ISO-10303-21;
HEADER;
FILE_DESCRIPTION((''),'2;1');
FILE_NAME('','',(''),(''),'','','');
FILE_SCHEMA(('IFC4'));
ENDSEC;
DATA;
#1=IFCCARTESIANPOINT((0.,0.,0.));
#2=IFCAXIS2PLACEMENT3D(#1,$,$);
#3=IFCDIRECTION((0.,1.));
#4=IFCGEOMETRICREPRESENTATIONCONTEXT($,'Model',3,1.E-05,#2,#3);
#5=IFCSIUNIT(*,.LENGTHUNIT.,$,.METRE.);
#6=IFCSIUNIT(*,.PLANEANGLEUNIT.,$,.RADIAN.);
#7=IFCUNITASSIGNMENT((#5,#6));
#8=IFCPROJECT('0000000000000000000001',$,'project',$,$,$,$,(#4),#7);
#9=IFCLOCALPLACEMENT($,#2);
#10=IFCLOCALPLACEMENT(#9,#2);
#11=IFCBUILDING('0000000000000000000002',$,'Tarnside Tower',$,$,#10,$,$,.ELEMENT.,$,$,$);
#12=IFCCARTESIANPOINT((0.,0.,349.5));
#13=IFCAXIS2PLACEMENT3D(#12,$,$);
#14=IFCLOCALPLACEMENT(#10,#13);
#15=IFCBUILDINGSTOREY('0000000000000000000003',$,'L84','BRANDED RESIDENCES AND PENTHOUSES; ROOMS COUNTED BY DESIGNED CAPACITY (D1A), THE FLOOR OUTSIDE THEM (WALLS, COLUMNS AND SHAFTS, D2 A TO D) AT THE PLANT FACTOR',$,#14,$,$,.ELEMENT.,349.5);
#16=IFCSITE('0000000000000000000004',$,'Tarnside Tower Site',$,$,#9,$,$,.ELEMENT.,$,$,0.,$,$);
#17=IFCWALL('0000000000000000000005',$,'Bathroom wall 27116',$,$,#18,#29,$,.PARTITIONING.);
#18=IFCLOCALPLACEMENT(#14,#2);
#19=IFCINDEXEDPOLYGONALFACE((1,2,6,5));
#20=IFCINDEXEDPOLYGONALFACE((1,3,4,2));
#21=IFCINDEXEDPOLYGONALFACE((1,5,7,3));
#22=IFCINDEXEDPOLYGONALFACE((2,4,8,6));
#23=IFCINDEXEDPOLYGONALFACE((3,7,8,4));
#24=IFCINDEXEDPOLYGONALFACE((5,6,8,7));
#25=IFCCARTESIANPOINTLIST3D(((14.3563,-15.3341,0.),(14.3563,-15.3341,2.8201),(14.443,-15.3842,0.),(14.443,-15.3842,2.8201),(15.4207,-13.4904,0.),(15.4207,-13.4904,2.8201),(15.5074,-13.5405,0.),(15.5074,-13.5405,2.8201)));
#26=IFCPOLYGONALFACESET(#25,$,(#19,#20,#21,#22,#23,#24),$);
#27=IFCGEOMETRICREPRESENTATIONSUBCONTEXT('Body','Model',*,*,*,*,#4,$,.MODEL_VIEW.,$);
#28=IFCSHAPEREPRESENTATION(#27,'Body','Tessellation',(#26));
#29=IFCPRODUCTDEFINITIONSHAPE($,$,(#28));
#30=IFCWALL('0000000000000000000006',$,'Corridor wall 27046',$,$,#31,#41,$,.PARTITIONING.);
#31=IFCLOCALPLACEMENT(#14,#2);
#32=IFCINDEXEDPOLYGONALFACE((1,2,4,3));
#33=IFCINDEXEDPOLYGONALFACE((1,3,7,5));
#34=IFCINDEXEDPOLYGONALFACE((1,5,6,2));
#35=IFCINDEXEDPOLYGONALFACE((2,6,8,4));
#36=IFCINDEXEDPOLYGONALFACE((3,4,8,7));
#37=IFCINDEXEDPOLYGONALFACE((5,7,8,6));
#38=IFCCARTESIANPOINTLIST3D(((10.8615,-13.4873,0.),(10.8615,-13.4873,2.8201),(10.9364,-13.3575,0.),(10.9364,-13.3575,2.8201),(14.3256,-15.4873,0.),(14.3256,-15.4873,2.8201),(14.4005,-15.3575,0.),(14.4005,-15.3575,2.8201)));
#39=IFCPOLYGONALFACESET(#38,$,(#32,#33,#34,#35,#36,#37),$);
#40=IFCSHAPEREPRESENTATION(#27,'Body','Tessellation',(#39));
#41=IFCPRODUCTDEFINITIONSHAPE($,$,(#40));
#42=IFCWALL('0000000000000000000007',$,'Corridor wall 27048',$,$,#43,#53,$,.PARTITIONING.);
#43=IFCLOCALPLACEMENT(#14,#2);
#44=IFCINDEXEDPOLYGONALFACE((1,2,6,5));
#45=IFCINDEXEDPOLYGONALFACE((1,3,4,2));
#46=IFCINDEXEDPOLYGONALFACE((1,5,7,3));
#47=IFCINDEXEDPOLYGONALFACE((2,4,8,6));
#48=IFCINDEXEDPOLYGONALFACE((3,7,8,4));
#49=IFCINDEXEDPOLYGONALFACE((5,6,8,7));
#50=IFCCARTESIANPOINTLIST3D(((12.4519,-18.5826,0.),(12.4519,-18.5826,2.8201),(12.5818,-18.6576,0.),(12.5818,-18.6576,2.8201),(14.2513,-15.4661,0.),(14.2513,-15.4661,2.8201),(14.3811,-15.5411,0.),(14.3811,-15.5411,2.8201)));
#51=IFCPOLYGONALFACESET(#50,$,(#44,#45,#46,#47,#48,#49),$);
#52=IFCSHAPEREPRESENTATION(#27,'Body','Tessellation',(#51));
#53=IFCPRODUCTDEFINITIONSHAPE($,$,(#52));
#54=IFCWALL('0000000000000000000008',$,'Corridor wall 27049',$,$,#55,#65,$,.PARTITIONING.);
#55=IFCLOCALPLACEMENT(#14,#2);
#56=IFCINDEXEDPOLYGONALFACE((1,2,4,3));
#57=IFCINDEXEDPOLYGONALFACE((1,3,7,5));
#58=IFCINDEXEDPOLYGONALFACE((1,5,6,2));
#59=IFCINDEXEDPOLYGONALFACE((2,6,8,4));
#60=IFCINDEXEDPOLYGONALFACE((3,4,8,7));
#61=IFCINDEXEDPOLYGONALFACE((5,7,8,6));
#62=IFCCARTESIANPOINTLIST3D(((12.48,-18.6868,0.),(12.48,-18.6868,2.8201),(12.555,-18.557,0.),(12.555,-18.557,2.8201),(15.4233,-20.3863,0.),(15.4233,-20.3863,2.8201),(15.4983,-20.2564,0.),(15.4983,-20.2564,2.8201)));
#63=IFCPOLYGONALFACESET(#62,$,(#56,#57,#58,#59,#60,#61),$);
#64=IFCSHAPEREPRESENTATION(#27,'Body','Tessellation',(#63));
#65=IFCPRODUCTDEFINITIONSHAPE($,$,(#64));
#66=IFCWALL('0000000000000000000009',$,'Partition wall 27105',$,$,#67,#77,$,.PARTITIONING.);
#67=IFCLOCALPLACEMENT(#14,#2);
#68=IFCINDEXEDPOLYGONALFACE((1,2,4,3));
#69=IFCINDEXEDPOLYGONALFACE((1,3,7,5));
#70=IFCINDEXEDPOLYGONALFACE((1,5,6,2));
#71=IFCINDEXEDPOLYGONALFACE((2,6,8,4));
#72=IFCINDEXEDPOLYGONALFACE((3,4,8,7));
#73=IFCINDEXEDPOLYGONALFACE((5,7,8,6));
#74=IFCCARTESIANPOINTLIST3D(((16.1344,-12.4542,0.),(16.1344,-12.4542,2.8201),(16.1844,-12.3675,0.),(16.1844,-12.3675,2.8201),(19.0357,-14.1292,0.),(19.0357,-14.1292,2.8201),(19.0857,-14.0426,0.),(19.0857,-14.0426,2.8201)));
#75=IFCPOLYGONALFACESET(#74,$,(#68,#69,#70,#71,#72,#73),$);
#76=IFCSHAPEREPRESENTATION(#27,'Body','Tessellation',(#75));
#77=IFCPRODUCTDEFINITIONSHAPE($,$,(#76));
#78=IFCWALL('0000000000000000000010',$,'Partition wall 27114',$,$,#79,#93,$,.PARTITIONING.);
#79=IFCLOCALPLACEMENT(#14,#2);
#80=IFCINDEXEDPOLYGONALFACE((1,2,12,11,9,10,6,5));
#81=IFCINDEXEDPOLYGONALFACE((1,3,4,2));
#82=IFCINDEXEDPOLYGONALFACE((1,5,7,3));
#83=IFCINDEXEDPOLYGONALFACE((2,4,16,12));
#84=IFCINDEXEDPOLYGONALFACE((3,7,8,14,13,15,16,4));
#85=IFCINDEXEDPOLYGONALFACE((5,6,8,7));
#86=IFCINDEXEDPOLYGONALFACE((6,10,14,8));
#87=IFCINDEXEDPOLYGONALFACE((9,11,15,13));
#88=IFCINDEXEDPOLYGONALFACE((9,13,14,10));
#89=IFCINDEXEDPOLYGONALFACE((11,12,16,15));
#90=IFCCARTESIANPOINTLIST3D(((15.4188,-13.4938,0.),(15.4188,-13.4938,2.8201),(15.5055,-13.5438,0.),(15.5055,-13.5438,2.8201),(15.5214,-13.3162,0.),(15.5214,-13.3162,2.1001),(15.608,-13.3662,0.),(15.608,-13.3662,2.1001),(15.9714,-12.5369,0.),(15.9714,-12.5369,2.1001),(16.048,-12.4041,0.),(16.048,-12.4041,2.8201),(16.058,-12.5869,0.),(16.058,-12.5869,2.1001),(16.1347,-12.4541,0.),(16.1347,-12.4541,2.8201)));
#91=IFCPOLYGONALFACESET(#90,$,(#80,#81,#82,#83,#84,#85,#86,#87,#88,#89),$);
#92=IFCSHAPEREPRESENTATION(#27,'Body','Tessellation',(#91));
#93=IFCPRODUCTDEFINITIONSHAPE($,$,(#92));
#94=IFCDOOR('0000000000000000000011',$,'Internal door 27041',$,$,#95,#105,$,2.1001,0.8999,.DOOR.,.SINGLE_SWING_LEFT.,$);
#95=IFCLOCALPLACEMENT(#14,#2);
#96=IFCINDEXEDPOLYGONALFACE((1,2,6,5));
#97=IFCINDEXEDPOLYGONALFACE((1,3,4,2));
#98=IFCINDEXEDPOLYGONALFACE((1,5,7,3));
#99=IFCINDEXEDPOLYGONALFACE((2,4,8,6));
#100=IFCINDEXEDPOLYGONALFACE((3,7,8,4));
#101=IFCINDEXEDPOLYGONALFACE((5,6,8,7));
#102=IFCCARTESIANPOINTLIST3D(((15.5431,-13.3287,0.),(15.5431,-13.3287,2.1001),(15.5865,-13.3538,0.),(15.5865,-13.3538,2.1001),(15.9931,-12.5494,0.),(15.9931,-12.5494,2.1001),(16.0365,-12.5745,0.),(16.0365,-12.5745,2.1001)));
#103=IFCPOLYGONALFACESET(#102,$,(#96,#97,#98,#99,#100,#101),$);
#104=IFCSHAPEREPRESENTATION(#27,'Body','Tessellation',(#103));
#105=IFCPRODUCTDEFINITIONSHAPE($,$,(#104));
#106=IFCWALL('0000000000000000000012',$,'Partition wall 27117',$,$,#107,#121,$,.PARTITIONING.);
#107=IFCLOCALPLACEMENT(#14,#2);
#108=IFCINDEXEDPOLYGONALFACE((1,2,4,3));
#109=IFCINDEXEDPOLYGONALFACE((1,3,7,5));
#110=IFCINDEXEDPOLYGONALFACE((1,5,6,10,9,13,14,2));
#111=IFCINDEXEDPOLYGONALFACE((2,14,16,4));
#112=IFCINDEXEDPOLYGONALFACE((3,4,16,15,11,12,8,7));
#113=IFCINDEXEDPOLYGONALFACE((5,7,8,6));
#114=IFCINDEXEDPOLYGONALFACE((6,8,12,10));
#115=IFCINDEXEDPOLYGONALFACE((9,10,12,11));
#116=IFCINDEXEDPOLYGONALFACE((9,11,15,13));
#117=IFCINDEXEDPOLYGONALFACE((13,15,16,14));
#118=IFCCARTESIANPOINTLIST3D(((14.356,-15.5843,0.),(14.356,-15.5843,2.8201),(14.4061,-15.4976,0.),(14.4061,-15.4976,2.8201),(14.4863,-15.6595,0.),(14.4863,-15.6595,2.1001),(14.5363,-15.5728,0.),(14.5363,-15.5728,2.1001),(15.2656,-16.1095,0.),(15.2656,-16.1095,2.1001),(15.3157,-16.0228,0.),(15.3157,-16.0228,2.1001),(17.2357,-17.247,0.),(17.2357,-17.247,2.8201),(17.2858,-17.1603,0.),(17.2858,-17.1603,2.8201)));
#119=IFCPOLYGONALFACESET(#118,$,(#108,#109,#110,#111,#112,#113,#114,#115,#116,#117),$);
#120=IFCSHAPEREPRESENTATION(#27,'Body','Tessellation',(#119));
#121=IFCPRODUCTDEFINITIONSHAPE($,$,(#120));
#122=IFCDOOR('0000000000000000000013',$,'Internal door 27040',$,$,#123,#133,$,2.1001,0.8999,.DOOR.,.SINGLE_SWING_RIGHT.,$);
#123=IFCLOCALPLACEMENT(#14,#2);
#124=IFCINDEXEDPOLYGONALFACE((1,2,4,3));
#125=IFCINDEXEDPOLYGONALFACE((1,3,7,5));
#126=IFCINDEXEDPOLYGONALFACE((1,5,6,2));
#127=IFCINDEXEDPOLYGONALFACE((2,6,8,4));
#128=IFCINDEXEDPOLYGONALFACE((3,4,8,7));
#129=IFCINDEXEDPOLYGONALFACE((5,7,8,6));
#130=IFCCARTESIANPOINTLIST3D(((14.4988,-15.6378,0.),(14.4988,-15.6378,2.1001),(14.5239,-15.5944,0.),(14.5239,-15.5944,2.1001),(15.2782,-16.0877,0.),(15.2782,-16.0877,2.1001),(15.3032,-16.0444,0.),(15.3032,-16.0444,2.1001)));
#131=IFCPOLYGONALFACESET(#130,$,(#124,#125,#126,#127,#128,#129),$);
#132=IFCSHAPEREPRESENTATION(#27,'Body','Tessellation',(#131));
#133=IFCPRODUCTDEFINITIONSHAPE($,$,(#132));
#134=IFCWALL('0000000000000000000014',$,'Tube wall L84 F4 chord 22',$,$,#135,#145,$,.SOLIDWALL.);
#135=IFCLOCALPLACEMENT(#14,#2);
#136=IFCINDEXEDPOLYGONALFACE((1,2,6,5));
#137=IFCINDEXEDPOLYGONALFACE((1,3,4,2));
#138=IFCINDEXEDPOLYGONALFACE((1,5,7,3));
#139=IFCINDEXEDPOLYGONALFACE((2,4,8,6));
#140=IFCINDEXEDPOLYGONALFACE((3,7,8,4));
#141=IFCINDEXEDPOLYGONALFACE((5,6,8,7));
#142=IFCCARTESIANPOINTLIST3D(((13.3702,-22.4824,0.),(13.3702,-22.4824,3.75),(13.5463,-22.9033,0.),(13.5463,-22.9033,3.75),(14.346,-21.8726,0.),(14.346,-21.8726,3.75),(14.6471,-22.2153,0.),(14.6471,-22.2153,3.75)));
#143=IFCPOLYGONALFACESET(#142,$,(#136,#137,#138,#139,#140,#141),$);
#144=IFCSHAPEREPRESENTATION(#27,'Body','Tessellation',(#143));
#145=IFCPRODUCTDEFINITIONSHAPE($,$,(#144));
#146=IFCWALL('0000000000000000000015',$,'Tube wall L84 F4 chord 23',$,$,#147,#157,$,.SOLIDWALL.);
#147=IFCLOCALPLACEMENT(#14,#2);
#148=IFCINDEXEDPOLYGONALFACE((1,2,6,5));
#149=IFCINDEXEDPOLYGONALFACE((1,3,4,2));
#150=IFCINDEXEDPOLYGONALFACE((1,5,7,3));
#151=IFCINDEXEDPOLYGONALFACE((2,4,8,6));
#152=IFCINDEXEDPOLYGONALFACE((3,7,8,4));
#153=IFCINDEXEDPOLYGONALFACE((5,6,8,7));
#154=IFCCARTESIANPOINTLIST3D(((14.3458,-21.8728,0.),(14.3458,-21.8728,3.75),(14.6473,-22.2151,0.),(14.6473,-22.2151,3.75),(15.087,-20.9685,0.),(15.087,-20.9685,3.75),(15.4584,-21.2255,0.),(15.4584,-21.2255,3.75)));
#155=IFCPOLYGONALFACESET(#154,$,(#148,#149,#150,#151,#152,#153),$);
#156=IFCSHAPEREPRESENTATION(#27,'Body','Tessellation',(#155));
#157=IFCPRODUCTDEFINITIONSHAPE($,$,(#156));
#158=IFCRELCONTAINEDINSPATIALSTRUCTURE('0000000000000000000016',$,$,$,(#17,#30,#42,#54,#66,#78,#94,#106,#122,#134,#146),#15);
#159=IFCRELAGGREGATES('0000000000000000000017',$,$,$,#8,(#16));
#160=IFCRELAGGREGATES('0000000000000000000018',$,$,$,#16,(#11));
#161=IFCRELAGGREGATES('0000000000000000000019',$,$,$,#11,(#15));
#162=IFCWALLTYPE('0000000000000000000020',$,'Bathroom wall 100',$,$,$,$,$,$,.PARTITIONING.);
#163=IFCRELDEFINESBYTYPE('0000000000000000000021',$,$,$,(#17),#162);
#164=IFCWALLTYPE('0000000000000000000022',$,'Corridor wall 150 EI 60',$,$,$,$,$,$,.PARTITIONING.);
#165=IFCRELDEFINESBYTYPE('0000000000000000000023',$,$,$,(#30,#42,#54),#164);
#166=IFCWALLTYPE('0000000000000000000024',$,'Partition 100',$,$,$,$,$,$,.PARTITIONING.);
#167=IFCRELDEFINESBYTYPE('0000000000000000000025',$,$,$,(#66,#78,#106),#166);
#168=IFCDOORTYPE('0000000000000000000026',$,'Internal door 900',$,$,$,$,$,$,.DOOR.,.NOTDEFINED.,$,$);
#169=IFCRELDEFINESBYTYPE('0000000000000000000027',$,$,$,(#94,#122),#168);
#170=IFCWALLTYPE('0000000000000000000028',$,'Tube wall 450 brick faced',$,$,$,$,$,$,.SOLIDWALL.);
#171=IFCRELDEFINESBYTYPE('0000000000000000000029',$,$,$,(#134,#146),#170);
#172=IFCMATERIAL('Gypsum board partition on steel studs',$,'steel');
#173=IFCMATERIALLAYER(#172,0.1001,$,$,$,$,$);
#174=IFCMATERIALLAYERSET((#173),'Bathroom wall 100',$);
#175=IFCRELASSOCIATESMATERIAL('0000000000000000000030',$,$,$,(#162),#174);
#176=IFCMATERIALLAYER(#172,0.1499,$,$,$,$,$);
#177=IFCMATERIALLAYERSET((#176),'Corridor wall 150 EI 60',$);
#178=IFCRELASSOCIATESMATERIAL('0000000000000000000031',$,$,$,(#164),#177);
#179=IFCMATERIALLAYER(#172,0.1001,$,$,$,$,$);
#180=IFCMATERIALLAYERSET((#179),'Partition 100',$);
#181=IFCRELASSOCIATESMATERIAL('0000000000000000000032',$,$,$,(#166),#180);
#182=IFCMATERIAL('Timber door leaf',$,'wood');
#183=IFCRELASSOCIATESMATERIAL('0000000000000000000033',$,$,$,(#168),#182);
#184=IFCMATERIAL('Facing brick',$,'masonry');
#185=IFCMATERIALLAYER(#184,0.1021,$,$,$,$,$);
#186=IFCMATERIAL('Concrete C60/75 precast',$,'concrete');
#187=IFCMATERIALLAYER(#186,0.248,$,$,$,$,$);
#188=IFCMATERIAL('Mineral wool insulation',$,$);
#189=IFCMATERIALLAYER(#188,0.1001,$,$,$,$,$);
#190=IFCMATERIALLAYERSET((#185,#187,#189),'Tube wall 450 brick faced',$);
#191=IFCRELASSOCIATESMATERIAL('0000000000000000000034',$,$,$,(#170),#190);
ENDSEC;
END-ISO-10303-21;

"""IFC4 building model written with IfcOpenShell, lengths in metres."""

from ifc_helpers import new_model, si_unit, direction, frame, frame_2d, origin, place, context, subcontext, project, spatial, polyline, rectangle, outline, extrude, material, layer, layer_set, type_object, element, fill, save


model = new_model("IFC4")

# Units and contexts
model_context = context("Model", 3, precision=1e-05, world=origin(), true_north=direction((0.0, 1.0)))
body_context = subcontext(model_context, "Body", "Model", "MODEL_VIEW")
ifc_project = project(units=[si_unit("LENGTHUNIT", "METRE"), si_unit("PLANEANGLEUNIT", "RADIAN")], contexts=[model_context])

# Site, building, storey
site_placement = place(None, origin())
site = spatial("IfcSite", under=ifc_project, at=site_placement, Name="Tarnside Tower Site", CompositionType="ELEMENT", RefElevation=0.0)
building_placement = place(site_placement, origin())
building = spatial("IfcBuilding", under=site, at=building_placement, Name="Tarnside Tower", CompositionType="ELEMENT")
storey_placement = place(building_placement, frame((0.0, 0.0, 349.5)))
storey = spatial("IfcBuildingStorey", under=building, at=storey_placement, Name="L84", Description="BRANDED RESIDENCES AND PENTHOUSES; ROOMS COUNTED BY DESIGNED CAPACITY (D1A), THE FLOOR OUTSIDE THEM (WALLS, COLUMNS AND SHAFTS, D2 A TO D) AT THE PLANT FACTOR", CompositionType="ELEMENT", Elevation=349.5)

# Walls
ifc_material_1 = material(Name="Gypsum board partition on steel studs", Category="steel")
ifc_layer_1 = layer(ifc_material_1, 0.1001)
ifc_layer_set_1 = layer_set([ifc_layer_1], Name="Bathroom wall 100")
wall_type_1 = type_object("IfcWallType", Name="Bathroom wall 100", PredefinedType="PARTITIONING", material=ifc_layer_set_1)
wall_1_placement = place(storey_placement, frame((14.3997, -15.3591, 0.0), z_axis=(0.0, 0.0, 1.0), x_axis=(0.499987, 0.866033, 0.0)))
element("IfcWall", 1, at=wall_1_placement, inside=storey, type_object=wall_type_1, Name="Bathroom wall 27116", PredefinedType="PARTITIONING", context=body_context, shape_type="SweptSolid", body=[
    extrude(rectangle(XDim=2.1289, YDim=0.1001, at=frame_2d((1.0645, 0.0))), origin(), (0.0, 0.0, 1.0), 2.8201),
])
ifc_layer_2 = layer(ifc_material_1, 0.1499)
ifc_layer_set_2 = layer_set([ifc_layer_2], Name="Corridor wall 150 EI 60")
wall_type_2 = type_object("IfcWallType", Name="Corridor wall 150 EI 60", PredefinedType="PARTITIONING", material=ifc_layer_set_2)
wall_2_placement = place(storey_placement, frame((14.363, -15.4224, 0.0), z_axis=(0.0, 0.0, 1.0), x_axis=(-0.866026, 0.499999, 0.0)))
element("IfcWall", 2, at=wall_2_placement, inside=storey, type_object=wall_type_2, Name="Corridor wall 27046", PredefinedType="PARTITIONING", context=body_context, shape_type="SweptSolid", body=[
    extrude(rectangle(XDim=4.0, YDim=0.1499, at=frame_2d((2.0, 0.0))), origin(), (0.0, 0.0, 1.0), 2.8201),
])
wall_3_placement = place(storey_placement, frame((12.5168, -18.6201, 0.0), z_axis=(0.0, 0.0, 1.0), x_axis=(0.500006, 0.866022, 0.0)))
element("IfcWall", 3, at=wall_3_placement, inside=storey, type_object=wall_type_2, Name="Corridor wall 27048", PredefinedType="PARTITIONING", context=body_context, shape_type="SweptSolid", body=[
    extrude(rectangle(XDim=3.5986, YDim=0.1499, at=frame_2d((1.7993, 0.0))), origin(), (0.0, 0.0, 1.0), 2.8201),
])
wall_4_placement = place(storey_placement, frame((15.4607, -20.3213, 0.0), z_axis=(0.0, 0.0, 1.0), x_axis=(-0.866011, 0.500025, 0.0)))
element("IfcWall", 4, at=wall_4_placement, inside=storey, type_object=wall_type_2, Name="Corridor wall 27049", PredefinedType="PARTITIONING", context=body_context, shape_type="SweptSolid", body=[
    extrude(rectangle(XDim=3.3987, YDim=0.1499, at=frame_2d((1.6992, 0.0))), origin(), (0.0, 0.0, 1.0), 2.8201),
])
ifc_layer_3 = layer(ifc_material_1, 0.1001)
ifc_layer_set_3 = layer_set([ifc_layer_3], Name="Partition 100")
wall_type_3 = type_object("IfcWallType", Name="Partition 100", PredefinedType="PARTITIONING", material=ifc_layer_set_3)
wall_5_placement = place(storey_placement, frame((16.1594, -12.4109, 0.0), z_axis=(0.0, 0.0, 1.0), x_axis=(0.866033, -0.499987, 0.0)))
element("IfcWall", 5, at=wall_5_placement, inside=storey, type_object=wall_type_3, Name="Partition wall 27105", PredefinedType="PARTITIONING", context=body_context, shape_type="SweptSolid", body=[
    extrude(rectangle(XDim=3.3501, YDim=0.1001, at=frame_2d((1.675, 0.0))), origin(), (0.0, 0.0, 1.0), 2.8201),
])

# Walls, openings, doors
wall_6_placement = place(storey_placement, frame((15.4622, -13.5188, 0.0), z_axis=(0.0, 0.0, 1.0), x_axis=(0.500042, 0.866001, 0.0)))
wall_6 = element("IfcWall", 6, at=wall_6_placement, inside=storey, type_object=wall_type_3, Name="Partition wall 27114", PredefinedType="PARTITIONING", context=body_context, shape_type="SweptSolid", body=[
    extrude(rectangle(XDim=1.2583, YDim=0.1001, at=frame_2d((0.6292, 0.0))), origin(), (0.0, 0.0, 1.0), 2.8201),
])
opening_1_placement = place(wall_6_placement, frame((0.2051, 0.0, 0.0)))
opening_1 = element("IfcOpeningElement", 7, at=opening_1_placement, cuts=wall_6, PredefinedType="OPENING", context=body_context, shape_type="SweptSolid", body=[
    extrude(rectangle(XDim=0.8999, YDim=2.1001, at=frame_2d((0.45, 1.05))), frame((0.0, 0.0601, 0.0), z_axis=(0.0, -1.0, 0.0), x_axis=(1.0, 0.0, 0.0)), (0.0, 0.0, 1.0), 0.1201),
])
ifc_material_2 = material(Name="Timber door leaf", Category="wood")
door_type = type_object("IfcDoorType", Name="Internal door 900", OperationType="NOTDEFINED", PredefinedType="DOOR", material=ifc_material_2)
door_1_placement = place(opening_1_placement, origin())
door_1 = element("IfcDoor", 8, at=door_1_placement, inside=storey, type_object=door_type, Name="Internal door 27041", OperationType="SINGLE_SWING_LEFT", OverallHeight=2.1001, OverallWidth=0.8999, PredefinedType="DOOR", context=body_context, shape_type="SweptSolid", body=[
    extrude(rectangle(XDim=0.8999, YDim=2.1001, at=frame_2d((0.45, 1.05))), frame((0.0, 0.0249, 0.0), z_axis=(0.0, -1.0, 0.0), x_axis=(1.0, 0.0, 0.0)), (0.0, 0.0, 1.0), 0.05),
])
fill(opening_1, door_1)
wall_7_placement = place(storey_placement, frame((17.2607, -17.2036, 0.0), z_axis=(0.0, 0.0, 1.0), x_axis=(-0.866021, 0.500008, 0.0)))
wall_7 = element("IfcWall", 9, at=wall_7_placement, inside=storey, type_object=wall_type_3, Name="Partition wall 27117", PredefinedType="PARTITIONING", context=body_context, shape_type="SweptSolid", body=[
    extrude(rectangle(XDim=3.3252, YDim=0.1001, at=frame_2d((1.6626, 0.0))), origin(), (0.0, 0.0, 1.0), 2.8201),
])
opening_2_placement = place(wall_7_placement, frame((2.2749, 0.0, 0.0)))
opening_2 = element("IfcOpeningElement", 10, at=opening_2_placement, cuts=wall_7, PredefinedType="OPENING", context=body_context, shape_type="SweptSolid", body=[
    extrude(rectangle(XDim=0.8999, YDim=2.1001, at=frame_2d((0.45, 1.05))), frame((0.0, 0.0601, 0.0), z_axis=(0.0, -1.0, 0.0), x_axis=(1.0, 0.0, 0.0)), (0.0, 0.0, 1.0), 0.1201),
])
door_2_placement = place(opening_2_placement, origin())
door_2 = element("IfcDoor", 11, at=door_2_placement, inside=storey, type_object=door_type, Name="Internal door 27040", OperationType="SINGLE_SWING_RIGHT", OverallHeight=2.1001, OverallWidth=0.8999, PredefinedType="DOOR", context=body_context, shape_type="SweptSolid", body=[
    extrude(rectangle(XDim=0.8999, YDim=2.1001, at=frame_2d((0.45, 1.05))), frame((0.0, 0.0249, 0.0), z_axis=(0.0, -1.0, 0.0), x_axis=(1.0, 0.0, 0.0)), (0.0, 0.0, 1.0), 0.05),
])
fill(opening_2, door_2)

# Walls
ifc_material_3 = material(Name="Facing brick", Category="masonry")
ifc_layer_4 = layer(ifc_material_3, 0.1021)
ifc_material_4 = material(Name="Concrete C60/75 precast", Category="concrete")
ifc_layer_5 = layer(ifc_material_4, 0.248)
ifc_material_5 = material(Name="Mineral wool insulation")
ifc_layer_6 = layer(ifc_material_5, 0.1001)
ifc_layer_set_4 = layer_set([ifc_layer_4, ifc_layer_5, ifc_layer_6], Name="Tube wall 450 brick faced")
wall_type_4 = type_object("IfcWallType", Name="Tube wall 450 brick faced", PredefinedType="SOLIDWALL", material=ifc_layer_set_4)
wall_8_placement = place(storey_placement, frame((13.4583, -22.6929, 0.0), z_axis=(0.0, 0.0, 1.0), x_axis=(0.84801, 0.529981, 0.0)))
element("IfcWall", 12, at=wall_8_placement, inside=storey, type_object=wall_type_4, Name="Tube wall L84 F4 chord 22", PredefinedType="SOLIDWALL", context=body_context, shape_type="SweptSolid", body=[
    extrude(outline(polyline([(-0.0369, -0.2251), (1.2612, -0.2251), (1.1875, 0.2251), (0.0369, 0.2251), (-0.0369, -0.2251)])), origin(), (0.0, 0.0, 1.0), 3.75),
])
wall_9_placement = place(storey_placement, frame((14.4966, -22.0439, 0.0), z_axis=(0.0, 0.0, 1.0), x_axis=(0.633867, 0.773442, 0.0)))
element("IfcWall", 13, at=wall_9_placement, inside=storey, type_object=wall_type_4, Name="Tube wall L84 F4 chord 23", PredefinedType="SOLIDWALL", context=body_context, shape_type="SweptSolid", body=[
    extrude(outline(polyline([(-0.0369, -0.2251), (1.2427, -0.2251), (1.2061, 0.2251), (0.0369, 0.2251), (-0.0369, -0.2251)])), origin(), (0.0, 0.0, 1.0), 3.75),
])

save(model, "model.ifc")
